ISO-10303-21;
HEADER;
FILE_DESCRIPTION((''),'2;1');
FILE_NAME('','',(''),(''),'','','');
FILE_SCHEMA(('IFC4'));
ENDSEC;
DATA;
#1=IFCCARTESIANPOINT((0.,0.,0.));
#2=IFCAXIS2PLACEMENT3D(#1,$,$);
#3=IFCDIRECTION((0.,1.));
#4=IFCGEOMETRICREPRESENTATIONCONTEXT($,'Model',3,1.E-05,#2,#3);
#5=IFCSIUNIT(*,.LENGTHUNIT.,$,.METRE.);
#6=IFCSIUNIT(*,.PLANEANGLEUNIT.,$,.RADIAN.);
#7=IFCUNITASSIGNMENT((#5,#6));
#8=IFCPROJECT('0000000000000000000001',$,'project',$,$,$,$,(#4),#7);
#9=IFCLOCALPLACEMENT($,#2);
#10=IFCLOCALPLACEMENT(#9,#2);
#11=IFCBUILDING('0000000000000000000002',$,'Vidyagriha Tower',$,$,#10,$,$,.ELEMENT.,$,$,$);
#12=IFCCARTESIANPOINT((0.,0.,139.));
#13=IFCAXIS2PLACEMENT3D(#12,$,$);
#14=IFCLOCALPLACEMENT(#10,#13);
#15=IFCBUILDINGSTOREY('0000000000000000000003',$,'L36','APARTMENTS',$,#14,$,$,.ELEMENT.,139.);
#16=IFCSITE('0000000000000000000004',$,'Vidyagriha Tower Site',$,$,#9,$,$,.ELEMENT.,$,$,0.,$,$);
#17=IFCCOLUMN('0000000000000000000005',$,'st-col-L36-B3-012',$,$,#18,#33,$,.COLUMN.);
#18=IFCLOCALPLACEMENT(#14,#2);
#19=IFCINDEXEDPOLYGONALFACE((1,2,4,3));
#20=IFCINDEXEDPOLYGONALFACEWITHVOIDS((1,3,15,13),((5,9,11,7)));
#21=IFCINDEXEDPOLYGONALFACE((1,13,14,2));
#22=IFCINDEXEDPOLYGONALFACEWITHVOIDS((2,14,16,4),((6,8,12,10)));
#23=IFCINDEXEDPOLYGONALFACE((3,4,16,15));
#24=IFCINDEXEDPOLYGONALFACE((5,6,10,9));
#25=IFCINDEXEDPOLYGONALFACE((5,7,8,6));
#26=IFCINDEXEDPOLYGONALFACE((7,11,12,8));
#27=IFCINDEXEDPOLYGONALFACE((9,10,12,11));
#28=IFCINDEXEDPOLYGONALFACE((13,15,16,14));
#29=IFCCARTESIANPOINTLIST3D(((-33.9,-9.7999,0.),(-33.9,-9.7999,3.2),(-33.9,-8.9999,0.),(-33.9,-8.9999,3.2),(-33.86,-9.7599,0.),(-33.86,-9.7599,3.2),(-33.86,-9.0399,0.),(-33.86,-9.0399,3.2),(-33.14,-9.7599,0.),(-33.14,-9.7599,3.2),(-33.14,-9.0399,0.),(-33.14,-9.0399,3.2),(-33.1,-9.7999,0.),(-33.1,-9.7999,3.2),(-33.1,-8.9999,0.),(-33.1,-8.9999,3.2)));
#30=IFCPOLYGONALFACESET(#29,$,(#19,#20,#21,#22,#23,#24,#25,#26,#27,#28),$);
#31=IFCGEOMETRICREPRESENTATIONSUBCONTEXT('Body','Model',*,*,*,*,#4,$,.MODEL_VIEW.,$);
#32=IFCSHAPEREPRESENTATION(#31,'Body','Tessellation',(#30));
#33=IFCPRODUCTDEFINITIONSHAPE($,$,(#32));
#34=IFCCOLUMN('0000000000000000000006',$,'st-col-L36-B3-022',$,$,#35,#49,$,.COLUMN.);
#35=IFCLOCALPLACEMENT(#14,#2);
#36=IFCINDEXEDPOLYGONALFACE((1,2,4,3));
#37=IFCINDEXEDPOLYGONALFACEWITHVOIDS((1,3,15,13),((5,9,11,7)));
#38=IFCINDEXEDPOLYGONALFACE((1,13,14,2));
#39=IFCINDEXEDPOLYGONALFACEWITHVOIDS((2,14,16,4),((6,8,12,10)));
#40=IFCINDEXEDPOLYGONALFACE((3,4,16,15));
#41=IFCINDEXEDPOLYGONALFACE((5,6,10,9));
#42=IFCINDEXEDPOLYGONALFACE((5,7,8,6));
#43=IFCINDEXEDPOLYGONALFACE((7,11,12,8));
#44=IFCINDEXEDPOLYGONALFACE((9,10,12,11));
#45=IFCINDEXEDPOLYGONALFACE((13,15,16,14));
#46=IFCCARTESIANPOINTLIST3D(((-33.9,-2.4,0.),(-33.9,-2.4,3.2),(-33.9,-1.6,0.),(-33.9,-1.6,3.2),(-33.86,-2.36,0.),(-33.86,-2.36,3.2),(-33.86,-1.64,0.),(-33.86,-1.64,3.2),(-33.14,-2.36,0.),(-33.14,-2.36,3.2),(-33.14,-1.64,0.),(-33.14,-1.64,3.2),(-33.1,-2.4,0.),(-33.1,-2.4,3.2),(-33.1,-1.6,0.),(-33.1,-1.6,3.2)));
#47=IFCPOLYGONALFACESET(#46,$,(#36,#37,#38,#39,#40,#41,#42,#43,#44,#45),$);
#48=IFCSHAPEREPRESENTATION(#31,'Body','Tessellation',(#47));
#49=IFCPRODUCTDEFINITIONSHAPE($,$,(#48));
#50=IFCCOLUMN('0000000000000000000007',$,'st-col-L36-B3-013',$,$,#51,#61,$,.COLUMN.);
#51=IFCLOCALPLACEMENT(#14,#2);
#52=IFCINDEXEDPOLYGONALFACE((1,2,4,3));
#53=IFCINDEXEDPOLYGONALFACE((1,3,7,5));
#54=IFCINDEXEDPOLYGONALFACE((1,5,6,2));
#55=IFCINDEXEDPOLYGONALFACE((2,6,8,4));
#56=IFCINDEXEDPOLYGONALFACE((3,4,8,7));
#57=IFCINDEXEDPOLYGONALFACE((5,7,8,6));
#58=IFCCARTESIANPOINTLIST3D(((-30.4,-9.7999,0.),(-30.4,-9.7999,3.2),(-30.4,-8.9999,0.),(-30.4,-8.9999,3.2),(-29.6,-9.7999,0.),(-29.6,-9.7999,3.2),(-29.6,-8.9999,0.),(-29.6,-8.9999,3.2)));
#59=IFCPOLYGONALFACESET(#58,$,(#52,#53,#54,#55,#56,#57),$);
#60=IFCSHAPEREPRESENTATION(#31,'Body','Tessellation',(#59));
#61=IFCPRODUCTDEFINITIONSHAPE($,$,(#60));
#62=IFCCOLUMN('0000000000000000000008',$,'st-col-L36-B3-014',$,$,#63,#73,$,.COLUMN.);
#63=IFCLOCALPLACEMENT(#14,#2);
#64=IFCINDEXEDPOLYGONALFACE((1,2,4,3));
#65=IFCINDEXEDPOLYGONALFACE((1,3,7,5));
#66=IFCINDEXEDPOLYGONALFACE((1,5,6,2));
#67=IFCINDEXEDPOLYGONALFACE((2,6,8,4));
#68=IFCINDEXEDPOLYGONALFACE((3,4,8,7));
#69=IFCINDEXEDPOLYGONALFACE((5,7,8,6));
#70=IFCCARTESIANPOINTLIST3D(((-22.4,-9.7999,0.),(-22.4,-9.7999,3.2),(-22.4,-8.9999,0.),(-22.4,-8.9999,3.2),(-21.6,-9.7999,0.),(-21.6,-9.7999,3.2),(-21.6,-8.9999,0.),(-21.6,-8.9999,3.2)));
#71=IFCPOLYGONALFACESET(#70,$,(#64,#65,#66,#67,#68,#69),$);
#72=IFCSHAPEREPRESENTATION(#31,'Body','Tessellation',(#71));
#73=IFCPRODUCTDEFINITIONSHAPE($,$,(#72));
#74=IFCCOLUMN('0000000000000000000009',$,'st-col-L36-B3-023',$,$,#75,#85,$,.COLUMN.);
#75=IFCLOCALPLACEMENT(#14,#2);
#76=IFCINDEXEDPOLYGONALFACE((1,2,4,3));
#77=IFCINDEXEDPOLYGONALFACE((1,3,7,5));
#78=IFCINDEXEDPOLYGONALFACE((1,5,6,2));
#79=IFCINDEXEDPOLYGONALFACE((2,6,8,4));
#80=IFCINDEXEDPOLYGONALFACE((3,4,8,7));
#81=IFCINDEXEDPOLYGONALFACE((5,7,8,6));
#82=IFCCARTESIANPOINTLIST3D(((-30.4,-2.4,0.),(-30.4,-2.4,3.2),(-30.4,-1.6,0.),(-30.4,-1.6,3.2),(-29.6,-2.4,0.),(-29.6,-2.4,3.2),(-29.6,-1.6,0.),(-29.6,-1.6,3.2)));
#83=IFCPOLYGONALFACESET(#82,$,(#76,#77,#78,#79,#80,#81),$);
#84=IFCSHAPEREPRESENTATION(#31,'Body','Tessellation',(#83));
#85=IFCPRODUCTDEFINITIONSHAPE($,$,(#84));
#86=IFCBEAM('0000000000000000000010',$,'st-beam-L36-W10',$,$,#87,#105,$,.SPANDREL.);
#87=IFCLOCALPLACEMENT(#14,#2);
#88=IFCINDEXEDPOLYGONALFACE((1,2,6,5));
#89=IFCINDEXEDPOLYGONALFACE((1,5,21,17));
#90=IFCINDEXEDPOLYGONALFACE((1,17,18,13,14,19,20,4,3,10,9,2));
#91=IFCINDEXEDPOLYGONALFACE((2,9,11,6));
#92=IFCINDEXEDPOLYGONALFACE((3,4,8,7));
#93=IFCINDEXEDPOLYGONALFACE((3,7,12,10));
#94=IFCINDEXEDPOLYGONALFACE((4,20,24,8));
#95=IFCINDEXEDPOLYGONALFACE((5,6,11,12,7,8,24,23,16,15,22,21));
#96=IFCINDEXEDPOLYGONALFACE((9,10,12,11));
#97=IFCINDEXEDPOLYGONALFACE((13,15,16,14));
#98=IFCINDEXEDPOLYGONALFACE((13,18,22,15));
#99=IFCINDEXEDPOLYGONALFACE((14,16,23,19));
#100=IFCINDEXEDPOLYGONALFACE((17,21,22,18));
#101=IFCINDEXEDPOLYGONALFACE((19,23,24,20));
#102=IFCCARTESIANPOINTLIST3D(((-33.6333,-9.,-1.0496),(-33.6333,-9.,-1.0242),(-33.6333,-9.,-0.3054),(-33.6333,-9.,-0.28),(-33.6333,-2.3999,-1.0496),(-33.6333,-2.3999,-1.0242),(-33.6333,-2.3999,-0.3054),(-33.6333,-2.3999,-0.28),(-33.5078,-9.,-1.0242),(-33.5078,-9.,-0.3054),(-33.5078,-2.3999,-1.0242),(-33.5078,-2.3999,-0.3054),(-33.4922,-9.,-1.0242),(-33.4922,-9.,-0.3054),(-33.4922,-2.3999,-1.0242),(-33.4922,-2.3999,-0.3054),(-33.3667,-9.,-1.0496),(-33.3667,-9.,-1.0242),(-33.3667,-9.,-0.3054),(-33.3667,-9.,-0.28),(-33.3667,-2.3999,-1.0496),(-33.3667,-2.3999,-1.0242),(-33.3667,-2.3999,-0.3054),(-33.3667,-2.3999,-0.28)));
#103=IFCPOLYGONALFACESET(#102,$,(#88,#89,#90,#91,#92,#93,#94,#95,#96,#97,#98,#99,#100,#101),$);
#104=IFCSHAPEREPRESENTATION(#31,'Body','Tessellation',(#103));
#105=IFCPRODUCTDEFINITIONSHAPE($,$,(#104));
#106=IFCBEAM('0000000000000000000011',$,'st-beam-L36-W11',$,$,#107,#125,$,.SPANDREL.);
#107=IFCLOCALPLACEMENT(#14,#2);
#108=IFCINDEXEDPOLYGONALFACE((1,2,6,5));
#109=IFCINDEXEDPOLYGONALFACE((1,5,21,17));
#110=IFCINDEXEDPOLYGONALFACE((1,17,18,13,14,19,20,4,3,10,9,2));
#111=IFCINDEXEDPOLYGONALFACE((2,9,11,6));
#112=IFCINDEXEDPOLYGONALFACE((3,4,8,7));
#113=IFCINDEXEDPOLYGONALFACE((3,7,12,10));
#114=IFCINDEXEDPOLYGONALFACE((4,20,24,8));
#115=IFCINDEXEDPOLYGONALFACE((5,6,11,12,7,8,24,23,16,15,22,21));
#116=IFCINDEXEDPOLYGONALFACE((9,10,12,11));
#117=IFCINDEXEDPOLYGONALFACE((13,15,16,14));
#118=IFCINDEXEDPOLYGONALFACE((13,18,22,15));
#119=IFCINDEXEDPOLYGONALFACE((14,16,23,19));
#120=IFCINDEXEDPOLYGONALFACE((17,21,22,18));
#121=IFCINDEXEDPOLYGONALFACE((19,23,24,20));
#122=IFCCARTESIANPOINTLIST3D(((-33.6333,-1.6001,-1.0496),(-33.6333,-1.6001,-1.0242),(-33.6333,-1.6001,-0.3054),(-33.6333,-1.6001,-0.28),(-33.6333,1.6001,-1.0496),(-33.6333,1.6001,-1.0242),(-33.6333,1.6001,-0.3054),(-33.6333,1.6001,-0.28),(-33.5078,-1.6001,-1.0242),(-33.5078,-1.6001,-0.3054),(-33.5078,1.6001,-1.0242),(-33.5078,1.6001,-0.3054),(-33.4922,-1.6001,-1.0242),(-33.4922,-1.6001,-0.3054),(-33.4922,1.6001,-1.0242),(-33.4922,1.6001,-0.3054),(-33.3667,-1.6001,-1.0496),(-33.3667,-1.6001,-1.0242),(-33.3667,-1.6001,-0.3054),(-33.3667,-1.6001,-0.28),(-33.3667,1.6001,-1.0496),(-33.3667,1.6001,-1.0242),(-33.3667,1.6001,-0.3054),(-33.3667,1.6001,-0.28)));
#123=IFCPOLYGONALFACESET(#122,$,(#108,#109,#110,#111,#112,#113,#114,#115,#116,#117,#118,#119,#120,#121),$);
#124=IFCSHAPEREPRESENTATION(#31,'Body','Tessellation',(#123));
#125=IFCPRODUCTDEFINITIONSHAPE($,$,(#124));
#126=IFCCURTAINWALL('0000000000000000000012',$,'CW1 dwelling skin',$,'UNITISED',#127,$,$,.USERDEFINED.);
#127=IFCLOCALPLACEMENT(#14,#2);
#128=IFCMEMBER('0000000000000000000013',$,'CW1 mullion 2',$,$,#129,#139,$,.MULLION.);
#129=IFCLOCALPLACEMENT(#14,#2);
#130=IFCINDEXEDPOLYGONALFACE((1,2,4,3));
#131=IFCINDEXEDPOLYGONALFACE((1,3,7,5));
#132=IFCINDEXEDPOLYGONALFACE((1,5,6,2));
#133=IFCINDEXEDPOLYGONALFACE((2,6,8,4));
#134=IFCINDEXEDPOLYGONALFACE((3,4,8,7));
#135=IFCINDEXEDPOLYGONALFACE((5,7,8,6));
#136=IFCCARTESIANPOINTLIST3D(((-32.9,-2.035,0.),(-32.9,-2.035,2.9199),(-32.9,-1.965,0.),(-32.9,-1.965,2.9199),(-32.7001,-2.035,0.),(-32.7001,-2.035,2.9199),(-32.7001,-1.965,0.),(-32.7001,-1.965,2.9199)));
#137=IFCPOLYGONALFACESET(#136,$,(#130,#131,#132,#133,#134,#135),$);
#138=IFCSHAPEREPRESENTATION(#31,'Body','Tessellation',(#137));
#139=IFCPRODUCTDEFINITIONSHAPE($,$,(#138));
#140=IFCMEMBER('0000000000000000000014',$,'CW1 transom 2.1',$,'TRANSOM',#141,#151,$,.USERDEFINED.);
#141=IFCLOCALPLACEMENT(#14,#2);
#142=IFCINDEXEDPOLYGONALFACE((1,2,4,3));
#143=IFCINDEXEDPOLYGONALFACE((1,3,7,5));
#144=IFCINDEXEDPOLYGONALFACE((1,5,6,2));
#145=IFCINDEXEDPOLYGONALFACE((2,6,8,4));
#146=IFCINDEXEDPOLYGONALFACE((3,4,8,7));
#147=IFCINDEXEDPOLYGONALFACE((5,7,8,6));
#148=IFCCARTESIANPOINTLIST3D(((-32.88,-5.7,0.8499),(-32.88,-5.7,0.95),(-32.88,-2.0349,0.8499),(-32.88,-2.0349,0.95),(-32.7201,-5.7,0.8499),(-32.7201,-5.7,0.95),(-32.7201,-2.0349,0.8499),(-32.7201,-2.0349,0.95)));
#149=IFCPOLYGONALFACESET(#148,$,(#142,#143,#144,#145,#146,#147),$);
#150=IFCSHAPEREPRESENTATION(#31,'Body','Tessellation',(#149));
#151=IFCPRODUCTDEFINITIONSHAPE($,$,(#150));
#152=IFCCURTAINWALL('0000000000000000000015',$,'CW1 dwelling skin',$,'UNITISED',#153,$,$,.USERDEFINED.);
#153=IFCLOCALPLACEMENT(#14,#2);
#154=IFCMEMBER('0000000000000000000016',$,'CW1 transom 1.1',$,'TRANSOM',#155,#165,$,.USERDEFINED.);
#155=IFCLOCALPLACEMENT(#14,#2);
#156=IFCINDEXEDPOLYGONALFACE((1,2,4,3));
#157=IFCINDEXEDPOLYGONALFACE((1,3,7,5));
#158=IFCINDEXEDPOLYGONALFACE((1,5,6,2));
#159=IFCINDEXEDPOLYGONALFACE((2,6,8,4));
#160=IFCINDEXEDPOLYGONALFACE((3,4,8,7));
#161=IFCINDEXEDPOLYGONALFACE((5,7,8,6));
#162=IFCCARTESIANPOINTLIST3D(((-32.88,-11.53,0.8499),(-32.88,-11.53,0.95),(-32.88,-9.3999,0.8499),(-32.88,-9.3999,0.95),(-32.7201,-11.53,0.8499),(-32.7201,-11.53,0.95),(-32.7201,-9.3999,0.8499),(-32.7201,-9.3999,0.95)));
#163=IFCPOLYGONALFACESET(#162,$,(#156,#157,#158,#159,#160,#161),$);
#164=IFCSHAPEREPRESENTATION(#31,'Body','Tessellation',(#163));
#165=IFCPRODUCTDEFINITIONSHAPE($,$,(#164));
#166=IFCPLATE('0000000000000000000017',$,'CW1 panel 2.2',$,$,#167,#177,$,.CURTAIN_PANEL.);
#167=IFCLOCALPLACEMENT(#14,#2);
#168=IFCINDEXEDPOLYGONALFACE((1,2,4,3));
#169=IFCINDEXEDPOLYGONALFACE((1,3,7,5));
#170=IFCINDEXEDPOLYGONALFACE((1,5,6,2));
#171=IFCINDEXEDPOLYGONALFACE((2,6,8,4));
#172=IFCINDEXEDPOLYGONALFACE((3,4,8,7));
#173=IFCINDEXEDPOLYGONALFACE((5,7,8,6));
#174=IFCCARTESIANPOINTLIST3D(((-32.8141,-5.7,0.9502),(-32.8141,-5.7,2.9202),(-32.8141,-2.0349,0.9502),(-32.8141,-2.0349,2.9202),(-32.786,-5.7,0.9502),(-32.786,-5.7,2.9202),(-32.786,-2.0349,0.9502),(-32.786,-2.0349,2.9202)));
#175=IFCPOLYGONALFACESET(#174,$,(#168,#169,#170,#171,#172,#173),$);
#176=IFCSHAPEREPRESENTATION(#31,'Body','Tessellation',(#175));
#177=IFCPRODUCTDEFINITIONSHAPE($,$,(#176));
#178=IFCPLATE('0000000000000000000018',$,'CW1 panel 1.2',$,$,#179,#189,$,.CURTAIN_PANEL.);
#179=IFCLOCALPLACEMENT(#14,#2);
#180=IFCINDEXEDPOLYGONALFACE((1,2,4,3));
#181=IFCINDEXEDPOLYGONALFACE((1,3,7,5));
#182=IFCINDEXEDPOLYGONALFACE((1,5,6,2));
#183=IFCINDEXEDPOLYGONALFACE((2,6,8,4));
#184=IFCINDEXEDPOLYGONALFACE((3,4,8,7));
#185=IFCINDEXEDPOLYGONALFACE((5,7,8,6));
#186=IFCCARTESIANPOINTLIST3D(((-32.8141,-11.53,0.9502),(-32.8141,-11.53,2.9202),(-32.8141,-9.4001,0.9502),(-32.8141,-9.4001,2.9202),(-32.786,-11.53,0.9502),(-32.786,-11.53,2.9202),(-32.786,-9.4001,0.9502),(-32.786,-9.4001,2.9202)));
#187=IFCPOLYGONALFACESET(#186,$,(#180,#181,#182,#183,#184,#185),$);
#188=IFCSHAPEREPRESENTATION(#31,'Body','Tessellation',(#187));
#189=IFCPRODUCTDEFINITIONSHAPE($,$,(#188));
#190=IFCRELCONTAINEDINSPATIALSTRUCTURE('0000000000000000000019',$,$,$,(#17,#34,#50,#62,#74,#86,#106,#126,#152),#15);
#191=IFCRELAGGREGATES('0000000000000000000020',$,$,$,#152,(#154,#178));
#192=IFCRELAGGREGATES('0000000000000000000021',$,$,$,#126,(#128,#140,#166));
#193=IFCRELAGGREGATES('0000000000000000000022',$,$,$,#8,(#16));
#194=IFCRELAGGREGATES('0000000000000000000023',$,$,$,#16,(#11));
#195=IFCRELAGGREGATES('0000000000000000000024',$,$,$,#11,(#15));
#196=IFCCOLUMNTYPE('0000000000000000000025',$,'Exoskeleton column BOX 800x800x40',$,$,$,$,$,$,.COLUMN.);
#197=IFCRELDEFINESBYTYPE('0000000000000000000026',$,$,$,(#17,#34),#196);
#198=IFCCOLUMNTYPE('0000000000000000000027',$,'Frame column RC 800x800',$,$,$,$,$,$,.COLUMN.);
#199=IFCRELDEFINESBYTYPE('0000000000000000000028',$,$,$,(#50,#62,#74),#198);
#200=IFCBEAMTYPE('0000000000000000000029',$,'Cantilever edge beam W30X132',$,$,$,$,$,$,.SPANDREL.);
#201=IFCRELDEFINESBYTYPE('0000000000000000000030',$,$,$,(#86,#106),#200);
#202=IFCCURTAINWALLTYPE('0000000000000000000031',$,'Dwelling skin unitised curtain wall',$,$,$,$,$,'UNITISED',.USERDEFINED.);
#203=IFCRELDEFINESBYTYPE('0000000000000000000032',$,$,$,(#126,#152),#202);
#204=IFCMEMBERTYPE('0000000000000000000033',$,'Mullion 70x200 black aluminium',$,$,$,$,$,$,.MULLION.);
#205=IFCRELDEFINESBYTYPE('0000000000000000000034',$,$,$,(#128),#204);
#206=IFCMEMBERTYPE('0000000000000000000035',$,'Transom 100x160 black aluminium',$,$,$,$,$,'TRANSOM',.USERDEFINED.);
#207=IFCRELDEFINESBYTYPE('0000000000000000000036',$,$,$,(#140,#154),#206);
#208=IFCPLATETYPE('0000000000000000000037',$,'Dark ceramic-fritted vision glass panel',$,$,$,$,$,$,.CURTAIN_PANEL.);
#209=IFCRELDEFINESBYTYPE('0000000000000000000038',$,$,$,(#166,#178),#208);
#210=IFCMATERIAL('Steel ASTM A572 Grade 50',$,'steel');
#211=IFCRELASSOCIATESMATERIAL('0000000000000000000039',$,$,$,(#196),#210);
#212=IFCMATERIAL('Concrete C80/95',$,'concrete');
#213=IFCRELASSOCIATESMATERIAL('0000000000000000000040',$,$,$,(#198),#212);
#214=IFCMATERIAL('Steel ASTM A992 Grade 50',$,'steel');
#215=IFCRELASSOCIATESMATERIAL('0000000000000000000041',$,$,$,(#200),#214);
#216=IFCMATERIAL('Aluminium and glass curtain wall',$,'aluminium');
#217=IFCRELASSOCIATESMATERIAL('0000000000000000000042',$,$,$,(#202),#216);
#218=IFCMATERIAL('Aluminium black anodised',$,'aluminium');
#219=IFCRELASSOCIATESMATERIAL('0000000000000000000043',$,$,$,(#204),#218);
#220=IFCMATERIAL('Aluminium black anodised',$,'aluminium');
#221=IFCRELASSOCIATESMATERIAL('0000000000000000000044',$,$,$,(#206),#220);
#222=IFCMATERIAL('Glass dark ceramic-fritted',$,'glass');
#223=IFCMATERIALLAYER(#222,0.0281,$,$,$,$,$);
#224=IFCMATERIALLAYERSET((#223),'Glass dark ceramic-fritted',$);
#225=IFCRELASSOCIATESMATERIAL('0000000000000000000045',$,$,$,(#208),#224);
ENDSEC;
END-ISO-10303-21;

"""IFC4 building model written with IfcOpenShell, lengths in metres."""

from ifc_helpers import new_model, si_unit, direction, frame, origin, origin_2d, place, context, subcontext, project, spatial, rectangle, hollow_rectangle, i_section, extrude, material, layer, layer_set, material_profile, profile_set, type_object, element, aggregate, save


model = new_model("IFC4")

# Units and contexts
model_context = context("Model", 3, precision=1e-05, world=origin(), true_north=direction((0.0, 1.0)))
body_context = subcontext(model_context, "Body", "Model", "MODEL_VIEW")
ifc_project = project(units=[si_unit("LENGTHUNIT", "METRE"), si_unit("PLANEANGLEUNIT", "RADIAN")], contexts=[model_context])

# Site, building, storey
site_placement = place(None, origin())
site = spatial("IfcSite", under=ifc_project, at=site_placement, Name="Vidyagriha Tower Site", CompositionType="ELEMENT", RefElevation=0.0)
building_placement = place(site_placement, origin())
building = spatial("IfcBuilding", under=site, at=building_placement, Name="Vidyagriha Tower", CompositionType="ELEMENT")
storey_placement = place(building_placement, frame((0.0, 0.0, 139.0)))
storey = spatial("IfcBuildingStorey", under=building, at=storey_placement, Name="L36", Description="APARTMENTS", CompositionType="ELEMENT", Elevation=139.0)

# Columns
ifc_material_1 = material(Name="Steel ASTM A572 Grade 50", Category="steel")
ifc_material_profile_1 = material_profile(ifc_material_1, hollow_rectangle(XDim=0.8, YDim=0.8, WallThickness=0.04, at=origin_2d()), Name="BOX 800x800x40")
ifc_profile_set_1 = profile_set([ifc_material_profile_1], Name="Steel ASTM A572 Grade 50")
column_type_1 = type_object("IfcColumnType", Name="Exoskeleton column BOX 800x800x40", PredefinedType="COLUMN", material=ifc_profile_set_1)
for number, where, name in (
    (1, (-33.5, -9.3999, 0.0), "st-col-L36-B3-012"),
    (2, (-33.5, -2.0, 0.0), "st-col-L36-B3-022"),
):
    element("IfcColumn", number, at=place(storey_placement, frame(where)), inside=storey, type_object=column_type_1, Name=name, PredefinedType="COLUMN", context=body_context, shape_type="SweptSolid", body=[
        extrude(hollow_rectangle(XDim=0.8, YDim=0.8, WallThickness=0.04, at=origin_2d()), origin(), (0.0, 0.0, 1.0), 3.2),
    ])
ifc_material_2 = material(Name="Concrete C80/95", Category="concrete")
ifc_material_profile_2 = material_profile(ifc_material_2, rectangle(XDim=0.8, YDim=0.8, at=origin_2d()), Name="RC 800x800")
ifc_profile_set_2 = profile_set([ifc_material_profile_2], Name="Concrete C80/95")
column_type_2 = type_object("IfcColumnType", Name="Frame column RC 800x800", PredefinedType="COLUMN", material=ifc_profile_set_2)
for number, where, name in (
    (3, (-30.0, -9.3999, 0.0), "st-col-L36-B3-013"),
    (4, (-22.0, -9.3999, 0.0), "st-col-L36-B3-014"),
    (5, (-30.0, -2.0, 0.0), "st-col-L36-B3-023"),
):
    element("IfcColumn", number, at=place(storey_placement, frame(where)), inside=storey, type_object=column_type_2, Name=name, PredefinedType="COLUMN", context=body_context, shape_type="SweptSolid", body=[
        extrude(rectangle(XDim=0.8, YDim=0.8, at=origin_2d()), origin(), (0.0, 0.0, 1.0), 3.2),
    ])

# Beams
ifc_material_3 = material(Name="Steel ASTM A992 Grade 50", Category="steel")
ifc_material_profile_3 = material_profile(ifc_material_3, i_section(OverallWidth=0.2666, OverallDepth=0.7695, WebThickness=0.0156, FlangeThickness=0.0254, at=origin_2d()), Name="W30X132")
ifc_profile_set_3 = profile_set([ifc_material_profile_3], Name="Steel ASTM A992 Grade 50")
beam_type = type_object("IfcBeamType", Name="Cantilever edge beam W30X132", PredefinedType="SPANDREL", material=ifc_profile_set_3)
beam_1_placement = place(storey_placement, frame((-33.5, -9.0, -0.6648), z_axis=(0.0, 1.0, 0.0), x_axis=(-1.0, 0.0, 0.0)))
element("IfcBeam", 6, at=beam_1_placement, inside=storey, type_object=beam_type, Name="st-beam-L36-W10", PredefinedType="SPANDREL", context=body_context, shape_type="SweptSolid", body=[
    extrude(i_section(OverallWidth=0.2666, OverallDepth=0.7695, WebThickness=0.0156, FlangeThickness=0.0254, at=origin_2d()), origin(), (0.0, 0.0, 1.0), 6.6001),
])
beam_2_placement = place(storey_placement, frame((-33.5, -1.6001, -0.6648), z_axis=(0.0, 1.0, 0.0), x_axis=(-1.0, 0.0, 0.0)))
element("IfcBeam", 7, at=beam_2_placement, inside=storey, type_object=beam_type, Name="st-beam-L36-W11", PredefinedType="SPANDREL", context=body_context, shape_type="SweptSolid", body=[
    extrude(i_section(OverallWidth=0.2666, OverallDepth=0.7695, WebThickness=0.0156, FlangeThickness=0.0254, at=origin_2d()), origin(), (0.0, 0.0, 1.0), 3.2002),
])

# Curtain wall, members
ifc_material_4 = material(Name="Aluminium and glass curtain wall", Category="aluminium")
curtain_wall_type = type_object("IfcCurtainWallType", Name="Dwelling skin unitised curtain wall", ElementType="UNITISED", PredefinedType="USERDEFINED", material=ifc_material_4)
curtain_wall_1_placement = place(storey_placement, origin())
curtain_wall_1 = element("IfcCurtainWall", 8, at=curtain_wall_1_placement, inside=storey, type_object=curtain_wall_type, Name="CW1 dwelling skin", ObjectType="UNITISED", PredefinedType="USERDEFINED")
ifc_material_5 = material(Name="Aluminium black anodised", Category="aluminium")
ifc_material_profile_4 = material_profile(ifc_material_5, rectangle(XDim=0.2, YDim=0.0701, at=origin_2d()), Name="Mullion 70x200 black aluminium")
ifc_profile_set_4 = profile_set([ifc_material_profile_4], Name="Aluminium black anodised")
member_type_1 = type_object("IfcMemberType", Name="Mullion 70x200 black aluminium", PredefinedType="MULLION", material=ifc_profile_set_4)
member_1_placement = place(storey_placement, frame((-32.8, -2.0, 0.0)))
member_1 = element("IfcMember", 9, at=member_1_placement, type_object=member_type_1, Name="CW1 mullion 2", PredefinedType="MULLION", context=body_context, shape_type="SweptSolid", body=[
    extrude(rectangle(XDim=0.2, YDim=0.0701, at=origin_2d()), origin(), (0.0, 0.0, 1.0), 2.9199),
])
ifc_material_6 = material(Name="Aluminium black anodised", Category="aluminium")
ifc_material_profile_5 = material_profile(ifc_material_6, rectangle(XDim=0.1599, YDim=0.1001, at=origin_2d()), Name="Transom 100x160 black aluminium")
ifc_profile_set_5 = profile_set([ifc_material_profile_5], Name="Aluminium black anodised")
member_type_2 = type_object("IfcMemberType", Name="Transom 100x160 black aluminium", ElementType="TRANSOM", PredefinedType="USERDEFINED", material=ifc_profile_set_5)
member_2_placement = place(storey_placement, frame((-32.8, -2.0349, 0.8999), z_axis=(0.0, -1.0, 0.0), x_axis=(1.0, 0.0, 0.0)))
member_2 = element("IfcMember", 10, at=member_2_placement, type_object=member_type_2, Name="CW1 transom 2.1", ObjectType="TRANSOM", PredefinedType="USERDEFINED", context=body_context, shape_type="SweptSolid", body=[
    extrude(rectangle(XDim=0.1599, YDim=0.1001, at=origin_2d()), origin(), (0.0, 0.0, 1.0), 3.665),
])

# Curtain wall, member
curtain_wall_2_placement = place(storey_placement, origin())
curtain_wall_2 = element("IfcCurtainWall", 11, at=curtain_wall_2_placement, inside=storey, type_object=curtain_wall_type, Name="CW1 dwelling skin", ObjectType="UNITISED", PredefinedType="USERDEFINED")
member_3_placement = place(storey_placement, frame((-32.8, -9.3999, 0.8999), z_axis=(0.0, -1.0, 0.0), x_axis=(1.0, 0.0, 0.0)))
member_3 = element("IfcMember", 12, at=member_3_placement, type_object=member_type_2, Name="CW1 transom 1.1", ObjectType="TRANSOM", PredefinedType="USERDEFINED", context=body_context, shape_type="SweptSolid", body=[
    extrude(rectangle(XDim=0.1599, YDim=0.1001, at=origin_2d()), origin(), (0.0, 0.0, 1.0), 2.1301),
])

# Plates
ifc_material_7 = material(Name="Glass dark ceramic-fritted", Category="glass")
ifc_layer_1 = layer(ifc_material_7, 0.0281)
ifc_layer_set_1 = layer_set([ifc_layer_1], Name="Glass dark ceramic-fritted")
plate_type_1 = type_object("IfcPlateType", Name="Dark ceramic-fritted vision glass panel", PredefinedType="CURTAIN_PANEL", material=ifc_layer_set_1)
plate_1_placement = place(storey_placement, frame((-32.8, -3.8674, 0.9502), z_axis=(0.0, 0.0, 1.0), x_axis=(0.0, -1.0, 0.0)))
plate_1 = element("IfcPlate", 13, at=plate_1_placement, type_object=plate_type_1, Name="CW1 panel 2.2", PredefinedType="CURTAIN_PANEL", context=body_context, shape_type="SweptSolid", body=[
    extrude(rectangle(XDim=3.665, YDim=0.0281, at=origin_2d()), origin(), (0.0, 0.0, 1.0), 1.97),
])
plate_2_placement = place(storey_placement, frame((-32.8, -10.4651, 0.9502), z_axis=(0.0, 0.0, 1.0), x_axis=(0.0, -1.0, 0.0)))
plate_2 = element("IfcPlate", 14, at=plate_2_placement, type_object=plate_type_1, Name="CW1 panel 1.2", PredefinedType="CURTAIN_PANEL", context=body_context, shape_type="SweptSolid", body=[
    extrude(rectangle(XDim=2.1299, YDim=0.0281, at=origin_2d()), origin(), (0.0, 0.0, 1.0), 1.97),
])
aggregate(curtain_wall_2, [member_3, plate_2])
aggregate(curtain_wall_1, [member_1, member_2, plate_1])

save(model, "model.ifc")
